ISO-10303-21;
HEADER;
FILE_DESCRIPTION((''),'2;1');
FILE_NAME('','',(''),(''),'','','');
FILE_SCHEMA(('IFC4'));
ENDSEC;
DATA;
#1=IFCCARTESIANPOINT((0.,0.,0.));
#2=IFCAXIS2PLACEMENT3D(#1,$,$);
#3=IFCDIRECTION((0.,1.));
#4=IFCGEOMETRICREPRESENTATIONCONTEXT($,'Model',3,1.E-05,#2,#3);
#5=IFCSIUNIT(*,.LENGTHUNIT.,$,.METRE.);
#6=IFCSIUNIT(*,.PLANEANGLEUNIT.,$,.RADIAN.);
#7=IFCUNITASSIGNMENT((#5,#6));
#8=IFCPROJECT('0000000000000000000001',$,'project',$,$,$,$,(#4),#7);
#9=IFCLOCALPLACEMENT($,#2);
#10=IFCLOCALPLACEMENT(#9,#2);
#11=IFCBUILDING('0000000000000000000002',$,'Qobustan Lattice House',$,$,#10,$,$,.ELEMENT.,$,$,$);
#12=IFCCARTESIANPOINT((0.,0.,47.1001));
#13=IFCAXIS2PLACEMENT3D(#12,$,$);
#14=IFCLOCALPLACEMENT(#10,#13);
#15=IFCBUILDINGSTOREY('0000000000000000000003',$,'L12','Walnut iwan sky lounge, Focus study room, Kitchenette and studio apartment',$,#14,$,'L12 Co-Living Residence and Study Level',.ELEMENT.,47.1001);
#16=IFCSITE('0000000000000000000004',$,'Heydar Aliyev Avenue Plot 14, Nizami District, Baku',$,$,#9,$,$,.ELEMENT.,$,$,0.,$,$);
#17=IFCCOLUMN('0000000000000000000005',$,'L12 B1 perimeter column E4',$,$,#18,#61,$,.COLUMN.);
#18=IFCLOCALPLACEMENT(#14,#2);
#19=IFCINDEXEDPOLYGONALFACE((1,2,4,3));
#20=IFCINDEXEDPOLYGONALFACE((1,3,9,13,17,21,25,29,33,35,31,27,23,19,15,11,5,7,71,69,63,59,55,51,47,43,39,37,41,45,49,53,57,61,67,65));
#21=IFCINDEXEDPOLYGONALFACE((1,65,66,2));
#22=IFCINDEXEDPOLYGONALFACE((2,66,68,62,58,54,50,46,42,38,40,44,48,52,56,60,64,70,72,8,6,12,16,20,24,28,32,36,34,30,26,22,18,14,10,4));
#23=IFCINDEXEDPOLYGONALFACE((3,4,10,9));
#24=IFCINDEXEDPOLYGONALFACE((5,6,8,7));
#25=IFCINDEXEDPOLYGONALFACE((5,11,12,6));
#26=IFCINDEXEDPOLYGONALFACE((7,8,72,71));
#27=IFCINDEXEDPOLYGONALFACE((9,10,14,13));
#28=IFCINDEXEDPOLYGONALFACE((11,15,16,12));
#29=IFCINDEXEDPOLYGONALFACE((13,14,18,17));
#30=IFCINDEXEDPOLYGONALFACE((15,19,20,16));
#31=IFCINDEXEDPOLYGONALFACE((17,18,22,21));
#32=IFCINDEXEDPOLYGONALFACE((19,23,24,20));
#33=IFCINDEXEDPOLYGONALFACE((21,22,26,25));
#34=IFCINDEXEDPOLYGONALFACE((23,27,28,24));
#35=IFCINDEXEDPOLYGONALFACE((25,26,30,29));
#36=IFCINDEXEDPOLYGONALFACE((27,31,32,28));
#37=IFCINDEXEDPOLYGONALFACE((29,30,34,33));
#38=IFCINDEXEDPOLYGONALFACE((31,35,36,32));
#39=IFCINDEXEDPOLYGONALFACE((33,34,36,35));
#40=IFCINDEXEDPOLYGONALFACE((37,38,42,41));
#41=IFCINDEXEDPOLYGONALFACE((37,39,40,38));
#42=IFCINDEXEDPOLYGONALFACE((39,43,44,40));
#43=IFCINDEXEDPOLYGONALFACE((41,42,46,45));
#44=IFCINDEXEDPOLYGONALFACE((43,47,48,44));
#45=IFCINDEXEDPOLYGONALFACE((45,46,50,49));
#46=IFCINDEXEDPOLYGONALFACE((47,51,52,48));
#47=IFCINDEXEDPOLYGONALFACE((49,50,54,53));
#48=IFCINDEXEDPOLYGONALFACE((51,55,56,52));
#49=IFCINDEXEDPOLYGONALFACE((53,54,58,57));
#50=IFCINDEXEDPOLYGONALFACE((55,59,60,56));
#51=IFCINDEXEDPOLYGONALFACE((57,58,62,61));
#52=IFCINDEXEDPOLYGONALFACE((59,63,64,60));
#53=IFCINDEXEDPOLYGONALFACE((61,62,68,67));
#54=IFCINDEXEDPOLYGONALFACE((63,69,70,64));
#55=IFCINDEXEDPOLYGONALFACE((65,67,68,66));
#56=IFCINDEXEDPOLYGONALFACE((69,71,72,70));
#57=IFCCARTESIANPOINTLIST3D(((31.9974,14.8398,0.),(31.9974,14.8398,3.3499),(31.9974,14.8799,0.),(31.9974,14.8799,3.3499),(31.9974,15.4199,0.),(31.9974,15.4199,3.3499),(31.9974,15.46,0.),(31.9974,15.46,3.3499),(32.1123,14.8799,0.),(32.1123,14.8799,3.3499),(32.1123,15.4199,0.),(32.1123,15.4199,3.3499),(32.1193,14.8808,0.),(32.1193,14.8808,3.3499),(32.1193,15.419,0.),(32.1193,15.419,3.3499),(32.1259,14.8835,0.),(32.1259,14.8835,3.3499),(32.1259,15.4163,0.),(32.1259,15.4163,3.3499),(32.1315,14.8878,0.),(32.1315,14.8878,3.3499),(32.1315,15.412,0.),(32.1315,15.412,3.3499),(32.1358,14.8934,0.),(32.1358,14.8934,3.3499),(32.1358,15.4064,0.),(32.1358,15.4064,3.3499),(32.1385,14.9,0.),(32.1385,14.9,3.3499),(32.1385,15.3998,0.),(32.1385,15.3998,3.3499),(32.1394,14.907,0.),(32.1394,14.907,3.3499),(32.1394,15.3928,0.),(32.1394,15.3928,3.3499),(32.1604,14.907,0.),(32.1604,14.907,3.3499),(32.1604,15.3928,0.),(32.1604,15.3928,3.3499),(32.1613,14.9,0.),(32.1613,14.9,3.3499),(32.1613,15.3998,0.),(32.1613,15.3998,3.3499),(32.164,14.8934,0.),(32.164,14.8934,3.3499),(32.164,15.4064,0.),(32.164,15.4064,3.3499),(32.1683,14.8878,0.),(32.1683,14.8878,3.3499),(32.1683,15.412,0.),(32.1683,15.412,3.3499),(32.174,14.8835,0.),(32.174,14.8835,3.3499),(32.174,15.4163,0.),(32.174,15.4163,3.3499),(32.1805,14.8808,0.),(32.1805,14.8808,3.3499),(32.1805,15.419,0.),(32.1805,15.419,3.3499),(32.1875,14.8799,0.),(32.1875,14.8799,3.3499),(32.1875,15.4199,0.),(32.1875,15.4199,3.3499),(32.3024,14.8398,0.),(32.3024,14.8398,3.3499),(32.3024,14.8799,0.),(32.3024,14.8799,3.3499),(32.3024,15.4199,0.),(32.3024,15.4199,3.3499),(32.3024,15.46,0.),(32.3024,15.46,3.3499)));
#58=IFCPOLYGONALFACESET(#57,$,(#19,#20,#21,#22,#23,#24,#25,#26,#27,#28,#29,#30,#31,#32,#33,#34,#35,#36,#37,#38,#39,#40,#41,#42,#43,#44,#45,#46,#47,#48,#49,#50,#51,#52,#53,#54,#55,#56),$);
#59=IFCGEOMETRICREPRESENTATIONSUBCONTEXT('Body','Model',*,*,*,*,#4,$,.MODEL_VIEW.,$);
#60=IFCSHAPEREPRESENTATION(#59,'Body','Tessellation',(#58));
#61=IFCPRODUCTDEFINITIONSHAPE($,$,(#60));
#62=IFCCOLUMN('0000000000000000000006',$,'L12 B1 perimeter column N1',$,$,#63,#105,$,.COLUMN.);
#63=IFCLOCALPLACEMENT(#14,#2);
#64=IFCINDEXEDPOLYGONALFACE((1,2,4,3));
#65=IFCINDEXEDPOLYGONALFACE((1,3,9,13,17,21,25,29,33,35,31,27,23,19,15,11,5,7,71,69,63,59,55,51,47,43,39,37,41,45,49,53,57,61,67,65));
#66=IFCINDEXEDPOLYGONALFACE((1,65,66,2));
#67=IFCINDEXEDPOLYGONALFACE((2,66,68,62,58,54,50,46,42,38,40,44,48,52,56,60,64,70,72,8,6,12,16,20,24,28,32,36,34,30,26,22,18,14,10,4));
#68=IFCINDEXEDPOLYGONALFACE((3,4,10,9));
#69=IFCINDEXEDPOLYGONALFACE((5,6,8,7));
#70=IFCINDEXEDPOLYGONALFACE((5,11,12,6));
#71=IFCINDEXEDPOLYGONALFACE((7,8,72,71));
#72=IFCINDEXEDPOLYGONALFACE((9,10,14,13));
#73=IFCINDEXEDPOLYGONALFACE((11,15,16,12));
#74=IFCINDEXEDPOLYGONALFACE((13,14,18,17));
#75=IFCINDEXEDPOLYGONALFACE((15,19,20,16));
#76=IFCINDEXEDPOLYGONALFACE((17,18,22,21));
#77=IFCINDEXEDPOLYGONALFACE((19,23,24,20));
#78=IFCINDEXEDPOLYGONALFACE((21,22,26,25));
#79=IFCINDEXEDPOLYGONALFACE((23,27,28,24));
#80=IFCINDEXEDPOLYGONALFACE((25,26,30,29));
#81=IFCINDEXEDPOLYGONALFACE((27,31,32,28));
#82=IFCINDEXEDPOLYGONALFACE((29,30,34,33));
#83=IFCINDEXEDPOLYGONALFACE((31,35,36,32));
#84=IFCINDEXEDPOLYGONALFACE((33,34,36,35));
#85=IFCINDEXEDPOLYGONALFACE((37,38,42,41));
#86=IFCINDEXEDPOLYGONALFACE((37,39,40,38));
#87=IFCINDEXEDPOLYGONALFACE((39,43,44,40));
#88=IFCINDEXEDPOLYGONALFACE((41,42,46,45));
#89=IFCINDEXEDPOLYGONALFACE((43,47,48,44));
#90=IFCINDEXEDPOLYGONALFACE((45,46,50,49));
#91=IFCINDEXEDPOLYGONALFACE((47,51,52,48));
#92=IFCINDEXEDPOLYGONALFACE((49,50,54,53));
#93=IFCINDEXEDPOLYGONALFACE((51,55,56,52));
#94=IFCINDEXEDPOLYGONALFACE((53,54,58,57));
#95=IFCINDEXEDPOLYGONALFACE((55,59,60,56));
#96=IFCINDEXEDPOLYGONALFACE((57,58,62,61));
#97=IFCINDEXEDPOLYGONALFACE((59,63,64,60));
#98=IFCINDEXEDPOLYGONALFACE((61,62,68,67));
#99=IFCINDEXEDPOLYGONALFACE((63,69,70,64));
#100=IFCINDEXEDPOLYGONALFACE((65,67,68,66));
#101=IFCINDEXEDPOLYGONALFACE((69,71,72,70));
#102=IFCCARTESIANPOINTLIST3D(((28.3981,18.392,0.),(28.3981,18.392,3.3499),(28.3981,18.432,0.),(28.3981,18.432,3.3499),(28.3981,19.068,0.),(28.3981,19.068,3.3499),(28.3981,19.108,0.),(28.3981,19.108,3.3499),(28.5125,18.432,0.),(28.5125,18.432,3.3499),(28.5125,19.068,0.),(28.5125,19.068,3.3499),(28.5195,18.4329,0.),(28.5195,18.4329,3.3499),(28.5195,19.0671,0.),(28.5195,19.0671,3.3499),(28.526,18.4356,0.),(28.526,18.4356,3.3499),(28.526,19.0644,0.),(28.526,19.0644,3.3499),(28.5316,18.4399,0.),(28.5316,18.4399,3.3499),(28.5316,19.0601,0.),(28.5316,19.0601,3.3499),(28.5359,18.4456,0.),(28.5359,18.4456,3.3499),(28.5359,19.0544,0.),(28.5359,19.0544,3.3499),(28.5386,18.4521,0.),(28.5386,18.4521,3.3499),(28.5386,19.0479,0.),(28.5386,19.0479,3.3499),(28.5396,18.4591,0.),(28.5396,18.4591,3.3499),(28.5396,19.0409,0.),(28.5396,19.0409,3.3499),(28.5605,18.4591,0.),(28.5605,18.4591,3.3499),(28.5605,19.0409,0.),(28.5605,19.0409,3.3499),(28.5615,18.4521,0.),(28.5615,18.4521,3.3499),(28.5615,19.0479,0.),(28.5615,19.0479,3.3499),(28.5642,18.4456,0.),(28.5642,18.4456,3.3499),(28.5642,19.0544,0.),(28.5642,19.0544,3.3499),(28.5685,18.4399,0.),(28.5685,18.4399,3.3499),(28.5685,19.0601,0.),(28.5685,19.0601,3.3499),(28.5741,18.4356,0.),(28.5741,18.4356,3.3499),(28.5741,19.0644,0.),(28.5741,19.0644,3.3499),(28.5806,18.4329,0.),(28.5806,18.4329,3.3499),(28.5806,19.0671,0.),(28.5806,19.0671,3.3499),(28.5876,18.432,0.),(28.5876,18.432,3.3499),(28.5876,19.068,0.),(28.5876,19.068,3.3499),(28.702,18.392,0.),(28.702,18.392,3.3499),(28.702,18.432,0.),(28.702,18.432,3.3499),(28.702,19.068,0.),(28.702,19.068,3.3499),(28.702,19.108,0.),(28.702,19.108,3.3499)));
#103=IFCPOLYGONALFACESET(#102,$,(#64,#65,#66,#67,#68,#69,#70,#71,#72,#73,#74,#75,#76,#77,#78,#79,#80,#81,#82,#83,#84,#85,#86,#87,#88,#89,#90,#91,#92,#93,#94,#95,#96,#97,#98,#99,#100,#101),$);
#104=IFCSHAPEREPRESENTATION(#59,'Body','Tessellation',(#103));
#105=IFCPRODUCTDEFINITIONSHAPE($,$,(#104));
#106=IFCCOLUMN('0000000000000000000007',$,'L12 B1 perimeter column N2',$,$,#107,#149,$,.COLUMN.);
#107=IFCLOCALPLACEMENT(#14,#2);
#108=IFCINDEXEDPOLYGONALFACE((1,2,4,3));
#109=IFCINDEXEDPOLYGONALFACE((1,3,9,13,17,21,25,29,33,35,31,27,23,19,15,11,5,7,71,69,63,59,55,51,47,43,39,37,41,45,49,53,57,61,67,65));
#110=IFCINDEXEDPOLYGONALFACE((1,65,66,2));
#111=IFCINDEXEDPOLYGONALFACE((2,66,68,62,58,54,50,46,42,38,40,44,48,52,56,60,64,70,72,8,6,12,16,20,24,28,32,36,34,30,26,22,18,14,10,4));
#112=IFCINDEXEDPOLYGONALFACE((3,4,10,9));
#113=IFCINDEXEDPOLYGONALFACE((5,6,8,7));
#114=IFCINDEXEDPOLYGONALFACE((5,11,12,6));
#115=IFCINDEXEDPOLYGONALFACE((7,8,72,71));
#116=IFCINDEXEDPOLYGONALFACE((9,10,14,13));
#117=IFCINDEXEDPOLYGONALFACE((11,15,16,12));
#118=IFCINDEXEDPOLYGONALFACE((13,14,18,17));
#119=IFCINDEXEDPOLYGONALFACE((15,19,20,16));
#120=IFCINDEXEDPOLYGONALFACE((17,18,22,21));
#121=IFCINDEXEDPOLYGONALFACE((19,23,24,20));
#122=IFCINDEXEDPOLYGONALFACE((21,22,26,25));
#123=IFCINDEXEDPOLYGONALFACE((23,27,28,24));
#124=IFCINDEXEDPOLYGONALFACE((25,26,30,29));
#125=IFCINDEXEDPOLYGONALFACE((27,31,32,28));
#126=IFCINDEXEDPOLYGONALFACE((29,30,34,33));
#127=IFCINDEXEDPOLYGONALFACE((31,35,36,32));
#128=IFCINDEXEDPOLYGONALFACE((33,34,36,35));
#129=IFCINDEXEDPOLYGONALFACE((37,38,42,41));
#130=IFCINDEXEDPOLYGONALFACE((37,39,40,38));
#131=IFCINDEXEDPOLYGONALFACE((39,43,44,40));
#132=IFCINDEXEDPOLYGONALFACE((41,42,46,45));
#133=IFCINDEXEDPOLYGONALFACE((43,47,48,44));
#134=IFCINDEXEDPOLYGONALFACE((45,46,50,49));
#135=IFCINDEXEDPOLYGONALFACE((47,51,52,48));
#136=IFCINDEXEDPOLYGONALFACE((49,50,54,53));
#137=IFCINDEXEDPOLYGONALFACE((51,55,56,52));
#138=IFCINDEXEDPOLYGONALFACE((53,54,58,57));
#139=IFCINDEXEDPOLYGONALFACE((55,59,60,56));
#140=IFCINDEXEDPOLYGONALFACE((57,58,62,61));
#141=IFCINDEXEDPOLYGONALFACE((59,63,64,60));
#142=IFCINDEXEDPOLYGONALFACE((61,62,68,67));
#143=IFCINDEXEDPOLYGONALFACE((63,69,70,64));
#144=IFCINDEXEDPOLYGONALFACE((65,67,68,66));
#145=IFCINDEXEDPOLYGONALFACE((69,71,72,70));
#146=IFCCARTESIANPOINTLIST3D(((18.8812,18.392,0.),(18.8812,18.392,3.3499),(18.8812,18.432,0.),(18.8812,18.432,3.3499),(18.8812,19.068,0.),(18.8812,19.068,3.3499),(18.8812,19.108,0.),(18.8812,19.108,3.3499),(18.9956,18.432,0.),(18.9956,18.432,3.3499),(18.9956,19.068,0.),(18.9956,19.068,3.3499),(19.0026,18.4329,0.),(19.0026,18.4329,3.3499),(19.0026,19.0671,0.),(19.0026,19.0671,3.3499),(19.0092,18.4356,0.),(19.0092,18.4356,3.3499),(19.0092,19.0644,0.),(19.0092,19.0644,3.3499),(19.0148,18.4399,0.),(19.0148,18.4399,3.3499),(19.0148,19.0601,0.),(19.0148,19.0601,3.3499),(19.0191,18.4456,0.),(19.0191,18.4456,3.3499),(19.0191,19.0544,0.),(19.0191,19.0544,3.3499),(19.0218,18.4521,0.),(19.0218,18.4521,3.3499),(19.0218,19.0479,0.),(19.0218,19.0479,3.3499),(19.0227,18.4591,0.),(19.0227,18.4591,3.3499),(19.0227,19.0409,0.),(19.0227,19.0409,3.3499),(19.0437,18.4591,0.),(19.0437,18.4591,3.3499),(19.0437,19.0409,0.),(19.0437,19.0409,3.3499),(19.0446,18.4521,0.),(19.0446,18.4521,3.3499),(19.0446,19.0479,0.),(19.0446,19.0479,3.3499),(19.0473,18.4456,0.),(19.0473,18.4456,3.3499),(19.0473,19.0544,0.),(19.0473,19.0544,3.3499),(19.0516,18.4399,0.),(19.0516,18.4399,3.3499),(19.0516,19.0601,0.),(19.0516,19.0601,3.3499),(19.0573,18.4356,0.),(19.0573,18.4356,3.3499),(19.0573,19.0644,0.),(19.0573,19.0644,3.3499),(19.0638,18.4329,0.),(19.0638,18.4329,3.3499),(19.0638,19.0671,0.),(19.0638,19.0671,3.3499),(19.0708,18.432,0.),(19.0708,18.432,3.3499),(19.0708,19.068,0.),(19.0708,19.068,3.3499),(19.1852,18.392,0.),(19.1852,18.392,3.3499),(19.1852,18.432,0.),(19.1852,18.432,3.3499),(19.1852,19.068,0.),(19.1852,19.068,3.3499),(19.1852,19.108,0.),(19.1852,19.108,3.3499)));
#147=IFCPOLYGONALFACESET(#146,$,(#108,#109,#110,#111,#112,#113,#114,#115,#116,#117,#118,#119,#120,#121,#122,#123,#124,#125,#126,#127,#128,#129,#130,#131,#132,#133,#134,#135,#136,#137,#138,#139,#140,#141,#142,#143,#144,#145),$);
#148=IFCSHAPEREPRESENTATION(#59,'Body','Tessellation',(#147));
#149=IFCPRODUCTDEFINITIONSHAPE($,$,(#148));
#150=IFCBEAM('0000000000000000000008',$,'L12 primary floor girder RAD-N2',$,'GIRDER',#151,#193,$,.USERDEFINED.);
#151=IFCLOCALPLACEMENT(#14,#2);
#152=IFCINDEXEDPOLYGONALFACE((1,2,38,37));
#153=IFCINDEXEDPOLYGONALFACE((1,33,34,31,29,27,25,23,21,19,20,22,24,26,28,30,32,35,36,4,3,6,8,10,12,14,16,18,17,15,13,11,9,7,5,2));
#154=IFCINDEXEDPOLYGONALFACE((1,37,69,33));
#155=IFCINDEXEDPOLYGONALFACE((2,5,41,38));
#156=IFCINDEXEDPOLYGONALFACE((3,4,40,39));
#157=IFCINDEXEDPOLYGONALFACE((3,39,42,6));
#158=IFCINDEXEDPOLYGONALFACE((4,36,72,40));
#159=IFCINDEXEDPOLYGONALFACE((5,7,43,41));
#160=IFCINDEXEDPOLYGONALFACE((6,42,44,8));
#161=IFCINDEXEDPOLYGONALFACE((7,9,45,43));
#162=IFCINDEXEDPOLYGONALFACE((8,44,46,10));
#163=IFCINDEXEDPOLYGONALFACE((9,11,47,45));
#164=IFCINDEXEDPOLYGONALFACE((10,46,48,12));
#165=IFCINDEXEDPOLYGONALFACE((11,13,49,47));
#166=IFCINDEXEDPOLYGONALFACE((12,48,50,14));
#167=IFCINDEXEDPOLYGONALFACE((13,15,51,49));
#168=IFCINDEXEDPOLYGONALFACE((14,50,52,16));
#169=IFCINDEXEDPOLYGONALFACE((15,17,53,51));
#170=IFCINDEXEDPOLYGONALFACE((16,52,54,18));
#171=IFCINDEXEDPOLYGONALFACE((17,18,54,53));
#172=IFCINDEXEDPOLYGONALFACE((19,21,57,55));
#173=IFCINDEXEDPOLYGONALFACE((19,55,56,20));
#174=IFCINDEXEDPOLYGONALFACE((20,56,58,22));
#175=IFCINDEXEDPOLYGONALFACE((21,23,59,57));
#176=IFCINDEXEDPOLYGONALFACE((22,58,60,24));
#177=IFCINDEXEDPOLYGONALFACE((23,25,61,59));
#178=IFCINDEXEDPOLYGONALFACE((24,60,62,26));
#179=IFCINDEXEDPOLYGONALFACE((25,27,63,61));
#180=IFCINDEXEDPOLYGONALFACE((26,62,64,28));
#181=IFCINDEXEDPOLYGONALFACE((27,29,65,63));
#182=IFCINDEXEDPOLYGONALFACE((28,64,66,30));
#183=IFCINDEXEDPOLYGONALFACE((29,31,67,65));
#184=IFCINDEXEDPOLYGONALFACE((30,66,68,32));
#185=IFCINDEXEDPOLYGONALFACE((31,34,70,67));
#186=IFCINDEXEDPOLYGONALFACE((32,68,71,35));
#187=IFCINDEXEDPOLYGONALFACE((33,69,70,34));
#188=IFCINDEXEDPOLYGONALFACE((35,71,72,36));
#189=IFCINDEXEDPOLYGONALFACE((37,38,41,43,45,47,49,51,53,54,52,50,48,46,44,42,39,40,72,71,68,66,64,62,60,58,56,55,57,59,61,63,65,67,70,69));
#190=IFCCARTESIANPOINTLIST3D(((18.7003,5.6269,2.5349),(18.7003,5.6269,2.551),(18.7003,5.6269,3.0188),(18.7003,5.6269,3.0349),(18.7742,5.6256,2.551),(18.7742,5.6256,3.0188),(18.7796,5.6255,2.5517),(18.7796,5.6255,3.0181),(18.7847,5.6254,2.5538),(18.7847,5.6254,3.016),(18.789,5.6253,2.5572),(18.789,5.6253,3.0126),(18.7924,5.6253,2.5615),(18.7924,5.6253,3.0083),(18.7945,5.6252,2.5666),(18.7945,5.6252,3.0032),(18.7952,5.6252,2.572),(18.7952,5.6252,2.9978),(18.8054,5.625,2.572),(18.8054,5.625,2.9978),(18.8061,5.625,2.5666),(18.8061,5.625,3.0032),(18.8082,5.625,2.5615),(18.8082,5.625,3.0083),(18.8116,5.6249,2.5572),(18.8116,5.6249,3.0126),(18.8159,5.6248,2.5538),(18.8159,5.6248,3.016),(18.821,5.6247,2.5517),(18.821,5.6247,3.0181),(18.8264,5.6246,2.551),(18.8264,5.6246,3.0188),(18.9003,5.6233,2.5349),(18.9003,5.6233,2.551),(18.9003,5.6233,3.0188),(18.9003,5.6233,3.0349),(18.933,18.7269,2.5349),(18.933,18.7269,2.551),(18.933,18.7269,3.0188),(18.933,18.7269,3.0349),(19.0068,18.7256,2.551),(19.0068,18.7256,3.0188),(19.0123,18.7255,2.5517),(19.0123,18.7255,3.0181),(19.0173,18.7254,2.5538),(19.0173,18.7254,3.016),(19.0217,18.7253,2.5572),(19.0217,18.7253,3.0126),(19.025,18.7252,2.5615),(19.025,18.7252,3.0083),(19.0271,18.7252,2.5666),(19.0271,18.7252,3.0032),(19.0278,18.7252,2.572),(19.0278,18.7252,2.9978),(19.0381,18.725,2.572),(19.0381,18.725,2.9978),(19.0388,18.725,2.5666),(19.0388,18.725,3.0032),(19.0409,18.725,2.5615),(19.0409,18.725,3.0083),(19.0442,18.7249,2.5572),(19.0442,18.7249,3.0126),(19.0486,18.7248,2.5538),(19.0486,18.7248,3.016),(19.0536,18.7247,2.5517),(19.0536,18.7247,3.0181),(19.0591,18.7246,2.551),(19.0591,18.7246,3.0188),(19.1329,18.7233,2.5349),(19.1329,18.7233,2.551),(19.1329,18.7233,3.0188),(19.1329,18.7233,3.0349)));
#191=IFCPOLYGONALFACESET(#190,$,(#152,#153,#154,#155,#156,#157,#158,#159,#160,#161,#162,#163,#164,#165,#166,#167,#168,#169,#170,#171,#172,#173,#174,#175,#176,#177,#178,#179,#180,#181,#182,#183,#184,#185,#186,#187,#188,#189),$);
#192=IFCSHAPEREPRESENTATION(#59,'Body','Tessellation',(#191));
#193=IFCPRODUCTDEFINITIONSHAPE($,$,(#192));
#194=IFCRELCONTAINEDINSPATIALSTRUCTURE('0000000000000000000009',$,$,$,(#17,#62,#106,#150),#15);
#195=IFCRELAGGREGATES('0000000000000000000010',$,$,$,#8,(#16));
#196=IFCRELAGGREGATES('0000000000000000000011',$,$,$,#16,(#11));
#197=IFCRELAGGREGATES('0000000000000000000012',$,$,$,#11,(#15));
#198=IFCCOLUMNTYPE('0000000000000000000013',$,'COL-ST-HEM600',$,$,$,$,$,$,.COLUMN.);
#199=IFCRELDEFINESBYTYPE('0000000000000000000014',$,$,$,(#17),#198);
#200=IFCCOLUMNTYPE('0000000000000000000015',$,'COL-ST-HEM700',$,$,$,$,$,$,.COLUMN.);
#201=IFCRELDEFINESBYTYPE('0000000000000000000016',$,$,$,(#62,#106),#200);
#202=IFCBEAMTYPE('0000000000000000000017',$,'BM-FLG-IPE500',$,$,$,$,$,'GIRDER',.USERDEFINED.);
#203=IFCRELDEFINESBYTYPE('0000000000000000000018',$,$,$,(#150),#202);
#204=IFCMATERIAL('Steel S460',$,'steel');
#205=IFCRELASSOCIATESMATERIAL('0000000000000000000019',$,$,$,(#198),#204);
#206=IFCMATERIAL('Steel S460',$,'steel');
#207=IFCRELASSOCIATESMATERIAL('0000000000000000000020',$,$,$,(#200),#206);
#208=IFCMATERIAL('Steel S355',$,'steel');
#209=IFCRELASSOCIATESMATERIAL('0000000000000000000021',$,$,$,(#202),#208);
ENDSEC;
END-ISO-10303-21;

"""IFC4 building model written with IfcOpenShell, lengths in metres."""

from ifc_helpers import new_model, si_unit, direction, frame, origin, origin_2d, place, context, subcontext, project, spatial, i_section, extrude, material, material_profile, profile_set, type_object, element, save


model = new_model("IFC4")

# Units and contexts
model_context = context("Model", 3, precision=1e-05, world=origin(), true_north=direction((0.0, 1.0)))
body_context = subcontext(model_context, "Body", "Model", "MODEL_VIEW")
ifc_project = project(units=[si_unit("LENGTHUNIT", "METRE"), si_unit("PLANEANGLEUNIT", "RADIAN")], contexts=[model_context])

# Site, building, storey
site_placement = place(None, origin())
site = spatial("IfcSite", under=ifc_project, at=site_placement, Name="Heydar Aliyev Avenue Plot 14, Nizami District, Baku", CompositionType="ELEMENT", RefElevation=0.0)
building_placement = place(site_placement, origin())
building = spatial("IfcBuilding", under=site, at=building_placement, Name="Qobustan Lattice House", CompositionType="ELEMENT")
storey_placement = place(building_placement, frame((0.0, 0.0, 47.1001)))
storey = spatial("IfcBuildingStorey", under=building, at=storey_placement, Name="L12", Description="Walnut iwan sky lounge, Focus study room, Kitchenette and studio apartment", LongName="L12 Co-Living Residence and Study Level", CompositionType="ELEMENT", Elevation=47.1001)

# Columns
ifc_material_1 = material(Name="Steel S460", Category="steel")
ifc_material_profile_1 = material_profile(ifc_material_1, i_section(OverallWidth=0.3049, OverallDepth=0.6201, WebThickness=0.021, FlangeThickness=0.04, FilletRadius=0.0271, at=origin_2d()), Name="HEM600")
ifc_profile_set_1 = profile_set([ifc_material_profile_1], Name="Steel S460")
column_type_1 = type_object("IfcColumnType", Name="COL-ST-HEM600", PredefinedType="COLUMN", material=ifc_profile_set_1)
column_placement = place(storey_placement, frame((32.1499, 15.1499, 0.0), z_axis=(0.0, 0.0, 1.0), x_axis=(1.0, 0.0, 0.0)))
element("IfcColumn", 1, at=column_placement, inside=storey, type_object=column_type_1, Name="L12 B1 perimeter column E4", PredefinedType="COLUMN", context=body_context, shape_type="SweptSolid", body=[
    extrude(i_section(OverallWidth=0.3049, OverallDepth=0.6201, WebThickness=0.021, FlangeThickness=0.04, FilletRadius=0.0271, at=origin_2d()), origin(), (0.0, 0.0, 1.0), 3.3499),
])
ifc_material_2 = material(Name="Steel S460", Category="steel")
ifc_material_profile_2 = material_profile(ifc_material_2, i_section(OverallWidth=0.304, OverallDepth=0.7161, WebThickness=0.021, FlangeThickness=0.04, FilletRadius=0.0271, at=origin_2d()), Name="HEM700")
ifc_profile_set_2 = profile_set([ifc_material_profile_2], Name="Steel S460")
column_type_2 = type_object("IfcColumnType", Name="COL-ST-HEM700", PredefinedType="COLUMN", material=ifc_profile_set_2)
for number, where, z_axis, x_axis, name in (
    (2, (28.55, 18.75, 0.0), (0.0, 0.0, 1.0), (1.0, 0.0, 0.0), "L12 B1 perimeter column N1"),
    (3, (19.0332, 18.75, 0.0), (0.0, 0.0, 1.0), (1.0, 0.0, 0.0), "L12 B1 perimeter column N2"),
):
    element("IfcColumn", number, at=place(storey_placement, frame(where, z_axis=z_axis, x_axis=x_axis)), inside=storey, type_object=column_type_2, Name=name, PredefinedType="COLUMN", context=body_context, shape_type="SweptSolid", body=[
        extrude(i_section(OverallWidth=0.304, OverallDepth=0.7161, WebThickness=0.021, FlangeThickness=0.04, FilletRadius=0.0271, at=origin_2d()), origin(), (0.0, 0.0, 1.0), 3.3499),
    ])

# Beam
ifc_material_3 = material(Name="Steel S355", Category="steel")
ifc_material_profile_3 = material_profile(ifc_material_3, i_section(OverallWidth=0.2, OverallDepth=0.5, WebThickness=0.0103, FlangeThickness=0.0161, FilletRadius=0.021, at=origin_2d()), Name="IPE500")
ifc_profile_set_3 = profile_set([ifc_material_profile_3], Name="Steel S355")
beam_type_1 = type_object("IfcBeamType", Name="BM-FLG-IPE500", ElementType="GIRDER", PredefinedType="USERDEFINED", material=ifc_profile_set_3)
beam_1_placement = place(storey_placement, frame((19.033, 18.7251, 2.7849), z_axis=(-0.017758, -0.999842, 0.0), x_axis=(0.999842, -0.017758, 0.0)))
element("IfcBeam", 4, at=beam_1_placement, inside=storey, type_object=beam_type_1, Name="L12 primary floor girder RAD-N2", ObjectType="GIRDER", PredefinedType="USERDEFINED", context=body_context, shape_type="SweptSolid", body=[
    extrude(i_section(OverallWidth=0.2, OverallDepth=0.5, WebThickness=0.0103, FlangeThickness=0.0161, FilletRadius=0.021, at=origin_2d()), origin(), (0.0, 0.0, 1.0), 13.1021),
])

save(model, "model.ifc")
